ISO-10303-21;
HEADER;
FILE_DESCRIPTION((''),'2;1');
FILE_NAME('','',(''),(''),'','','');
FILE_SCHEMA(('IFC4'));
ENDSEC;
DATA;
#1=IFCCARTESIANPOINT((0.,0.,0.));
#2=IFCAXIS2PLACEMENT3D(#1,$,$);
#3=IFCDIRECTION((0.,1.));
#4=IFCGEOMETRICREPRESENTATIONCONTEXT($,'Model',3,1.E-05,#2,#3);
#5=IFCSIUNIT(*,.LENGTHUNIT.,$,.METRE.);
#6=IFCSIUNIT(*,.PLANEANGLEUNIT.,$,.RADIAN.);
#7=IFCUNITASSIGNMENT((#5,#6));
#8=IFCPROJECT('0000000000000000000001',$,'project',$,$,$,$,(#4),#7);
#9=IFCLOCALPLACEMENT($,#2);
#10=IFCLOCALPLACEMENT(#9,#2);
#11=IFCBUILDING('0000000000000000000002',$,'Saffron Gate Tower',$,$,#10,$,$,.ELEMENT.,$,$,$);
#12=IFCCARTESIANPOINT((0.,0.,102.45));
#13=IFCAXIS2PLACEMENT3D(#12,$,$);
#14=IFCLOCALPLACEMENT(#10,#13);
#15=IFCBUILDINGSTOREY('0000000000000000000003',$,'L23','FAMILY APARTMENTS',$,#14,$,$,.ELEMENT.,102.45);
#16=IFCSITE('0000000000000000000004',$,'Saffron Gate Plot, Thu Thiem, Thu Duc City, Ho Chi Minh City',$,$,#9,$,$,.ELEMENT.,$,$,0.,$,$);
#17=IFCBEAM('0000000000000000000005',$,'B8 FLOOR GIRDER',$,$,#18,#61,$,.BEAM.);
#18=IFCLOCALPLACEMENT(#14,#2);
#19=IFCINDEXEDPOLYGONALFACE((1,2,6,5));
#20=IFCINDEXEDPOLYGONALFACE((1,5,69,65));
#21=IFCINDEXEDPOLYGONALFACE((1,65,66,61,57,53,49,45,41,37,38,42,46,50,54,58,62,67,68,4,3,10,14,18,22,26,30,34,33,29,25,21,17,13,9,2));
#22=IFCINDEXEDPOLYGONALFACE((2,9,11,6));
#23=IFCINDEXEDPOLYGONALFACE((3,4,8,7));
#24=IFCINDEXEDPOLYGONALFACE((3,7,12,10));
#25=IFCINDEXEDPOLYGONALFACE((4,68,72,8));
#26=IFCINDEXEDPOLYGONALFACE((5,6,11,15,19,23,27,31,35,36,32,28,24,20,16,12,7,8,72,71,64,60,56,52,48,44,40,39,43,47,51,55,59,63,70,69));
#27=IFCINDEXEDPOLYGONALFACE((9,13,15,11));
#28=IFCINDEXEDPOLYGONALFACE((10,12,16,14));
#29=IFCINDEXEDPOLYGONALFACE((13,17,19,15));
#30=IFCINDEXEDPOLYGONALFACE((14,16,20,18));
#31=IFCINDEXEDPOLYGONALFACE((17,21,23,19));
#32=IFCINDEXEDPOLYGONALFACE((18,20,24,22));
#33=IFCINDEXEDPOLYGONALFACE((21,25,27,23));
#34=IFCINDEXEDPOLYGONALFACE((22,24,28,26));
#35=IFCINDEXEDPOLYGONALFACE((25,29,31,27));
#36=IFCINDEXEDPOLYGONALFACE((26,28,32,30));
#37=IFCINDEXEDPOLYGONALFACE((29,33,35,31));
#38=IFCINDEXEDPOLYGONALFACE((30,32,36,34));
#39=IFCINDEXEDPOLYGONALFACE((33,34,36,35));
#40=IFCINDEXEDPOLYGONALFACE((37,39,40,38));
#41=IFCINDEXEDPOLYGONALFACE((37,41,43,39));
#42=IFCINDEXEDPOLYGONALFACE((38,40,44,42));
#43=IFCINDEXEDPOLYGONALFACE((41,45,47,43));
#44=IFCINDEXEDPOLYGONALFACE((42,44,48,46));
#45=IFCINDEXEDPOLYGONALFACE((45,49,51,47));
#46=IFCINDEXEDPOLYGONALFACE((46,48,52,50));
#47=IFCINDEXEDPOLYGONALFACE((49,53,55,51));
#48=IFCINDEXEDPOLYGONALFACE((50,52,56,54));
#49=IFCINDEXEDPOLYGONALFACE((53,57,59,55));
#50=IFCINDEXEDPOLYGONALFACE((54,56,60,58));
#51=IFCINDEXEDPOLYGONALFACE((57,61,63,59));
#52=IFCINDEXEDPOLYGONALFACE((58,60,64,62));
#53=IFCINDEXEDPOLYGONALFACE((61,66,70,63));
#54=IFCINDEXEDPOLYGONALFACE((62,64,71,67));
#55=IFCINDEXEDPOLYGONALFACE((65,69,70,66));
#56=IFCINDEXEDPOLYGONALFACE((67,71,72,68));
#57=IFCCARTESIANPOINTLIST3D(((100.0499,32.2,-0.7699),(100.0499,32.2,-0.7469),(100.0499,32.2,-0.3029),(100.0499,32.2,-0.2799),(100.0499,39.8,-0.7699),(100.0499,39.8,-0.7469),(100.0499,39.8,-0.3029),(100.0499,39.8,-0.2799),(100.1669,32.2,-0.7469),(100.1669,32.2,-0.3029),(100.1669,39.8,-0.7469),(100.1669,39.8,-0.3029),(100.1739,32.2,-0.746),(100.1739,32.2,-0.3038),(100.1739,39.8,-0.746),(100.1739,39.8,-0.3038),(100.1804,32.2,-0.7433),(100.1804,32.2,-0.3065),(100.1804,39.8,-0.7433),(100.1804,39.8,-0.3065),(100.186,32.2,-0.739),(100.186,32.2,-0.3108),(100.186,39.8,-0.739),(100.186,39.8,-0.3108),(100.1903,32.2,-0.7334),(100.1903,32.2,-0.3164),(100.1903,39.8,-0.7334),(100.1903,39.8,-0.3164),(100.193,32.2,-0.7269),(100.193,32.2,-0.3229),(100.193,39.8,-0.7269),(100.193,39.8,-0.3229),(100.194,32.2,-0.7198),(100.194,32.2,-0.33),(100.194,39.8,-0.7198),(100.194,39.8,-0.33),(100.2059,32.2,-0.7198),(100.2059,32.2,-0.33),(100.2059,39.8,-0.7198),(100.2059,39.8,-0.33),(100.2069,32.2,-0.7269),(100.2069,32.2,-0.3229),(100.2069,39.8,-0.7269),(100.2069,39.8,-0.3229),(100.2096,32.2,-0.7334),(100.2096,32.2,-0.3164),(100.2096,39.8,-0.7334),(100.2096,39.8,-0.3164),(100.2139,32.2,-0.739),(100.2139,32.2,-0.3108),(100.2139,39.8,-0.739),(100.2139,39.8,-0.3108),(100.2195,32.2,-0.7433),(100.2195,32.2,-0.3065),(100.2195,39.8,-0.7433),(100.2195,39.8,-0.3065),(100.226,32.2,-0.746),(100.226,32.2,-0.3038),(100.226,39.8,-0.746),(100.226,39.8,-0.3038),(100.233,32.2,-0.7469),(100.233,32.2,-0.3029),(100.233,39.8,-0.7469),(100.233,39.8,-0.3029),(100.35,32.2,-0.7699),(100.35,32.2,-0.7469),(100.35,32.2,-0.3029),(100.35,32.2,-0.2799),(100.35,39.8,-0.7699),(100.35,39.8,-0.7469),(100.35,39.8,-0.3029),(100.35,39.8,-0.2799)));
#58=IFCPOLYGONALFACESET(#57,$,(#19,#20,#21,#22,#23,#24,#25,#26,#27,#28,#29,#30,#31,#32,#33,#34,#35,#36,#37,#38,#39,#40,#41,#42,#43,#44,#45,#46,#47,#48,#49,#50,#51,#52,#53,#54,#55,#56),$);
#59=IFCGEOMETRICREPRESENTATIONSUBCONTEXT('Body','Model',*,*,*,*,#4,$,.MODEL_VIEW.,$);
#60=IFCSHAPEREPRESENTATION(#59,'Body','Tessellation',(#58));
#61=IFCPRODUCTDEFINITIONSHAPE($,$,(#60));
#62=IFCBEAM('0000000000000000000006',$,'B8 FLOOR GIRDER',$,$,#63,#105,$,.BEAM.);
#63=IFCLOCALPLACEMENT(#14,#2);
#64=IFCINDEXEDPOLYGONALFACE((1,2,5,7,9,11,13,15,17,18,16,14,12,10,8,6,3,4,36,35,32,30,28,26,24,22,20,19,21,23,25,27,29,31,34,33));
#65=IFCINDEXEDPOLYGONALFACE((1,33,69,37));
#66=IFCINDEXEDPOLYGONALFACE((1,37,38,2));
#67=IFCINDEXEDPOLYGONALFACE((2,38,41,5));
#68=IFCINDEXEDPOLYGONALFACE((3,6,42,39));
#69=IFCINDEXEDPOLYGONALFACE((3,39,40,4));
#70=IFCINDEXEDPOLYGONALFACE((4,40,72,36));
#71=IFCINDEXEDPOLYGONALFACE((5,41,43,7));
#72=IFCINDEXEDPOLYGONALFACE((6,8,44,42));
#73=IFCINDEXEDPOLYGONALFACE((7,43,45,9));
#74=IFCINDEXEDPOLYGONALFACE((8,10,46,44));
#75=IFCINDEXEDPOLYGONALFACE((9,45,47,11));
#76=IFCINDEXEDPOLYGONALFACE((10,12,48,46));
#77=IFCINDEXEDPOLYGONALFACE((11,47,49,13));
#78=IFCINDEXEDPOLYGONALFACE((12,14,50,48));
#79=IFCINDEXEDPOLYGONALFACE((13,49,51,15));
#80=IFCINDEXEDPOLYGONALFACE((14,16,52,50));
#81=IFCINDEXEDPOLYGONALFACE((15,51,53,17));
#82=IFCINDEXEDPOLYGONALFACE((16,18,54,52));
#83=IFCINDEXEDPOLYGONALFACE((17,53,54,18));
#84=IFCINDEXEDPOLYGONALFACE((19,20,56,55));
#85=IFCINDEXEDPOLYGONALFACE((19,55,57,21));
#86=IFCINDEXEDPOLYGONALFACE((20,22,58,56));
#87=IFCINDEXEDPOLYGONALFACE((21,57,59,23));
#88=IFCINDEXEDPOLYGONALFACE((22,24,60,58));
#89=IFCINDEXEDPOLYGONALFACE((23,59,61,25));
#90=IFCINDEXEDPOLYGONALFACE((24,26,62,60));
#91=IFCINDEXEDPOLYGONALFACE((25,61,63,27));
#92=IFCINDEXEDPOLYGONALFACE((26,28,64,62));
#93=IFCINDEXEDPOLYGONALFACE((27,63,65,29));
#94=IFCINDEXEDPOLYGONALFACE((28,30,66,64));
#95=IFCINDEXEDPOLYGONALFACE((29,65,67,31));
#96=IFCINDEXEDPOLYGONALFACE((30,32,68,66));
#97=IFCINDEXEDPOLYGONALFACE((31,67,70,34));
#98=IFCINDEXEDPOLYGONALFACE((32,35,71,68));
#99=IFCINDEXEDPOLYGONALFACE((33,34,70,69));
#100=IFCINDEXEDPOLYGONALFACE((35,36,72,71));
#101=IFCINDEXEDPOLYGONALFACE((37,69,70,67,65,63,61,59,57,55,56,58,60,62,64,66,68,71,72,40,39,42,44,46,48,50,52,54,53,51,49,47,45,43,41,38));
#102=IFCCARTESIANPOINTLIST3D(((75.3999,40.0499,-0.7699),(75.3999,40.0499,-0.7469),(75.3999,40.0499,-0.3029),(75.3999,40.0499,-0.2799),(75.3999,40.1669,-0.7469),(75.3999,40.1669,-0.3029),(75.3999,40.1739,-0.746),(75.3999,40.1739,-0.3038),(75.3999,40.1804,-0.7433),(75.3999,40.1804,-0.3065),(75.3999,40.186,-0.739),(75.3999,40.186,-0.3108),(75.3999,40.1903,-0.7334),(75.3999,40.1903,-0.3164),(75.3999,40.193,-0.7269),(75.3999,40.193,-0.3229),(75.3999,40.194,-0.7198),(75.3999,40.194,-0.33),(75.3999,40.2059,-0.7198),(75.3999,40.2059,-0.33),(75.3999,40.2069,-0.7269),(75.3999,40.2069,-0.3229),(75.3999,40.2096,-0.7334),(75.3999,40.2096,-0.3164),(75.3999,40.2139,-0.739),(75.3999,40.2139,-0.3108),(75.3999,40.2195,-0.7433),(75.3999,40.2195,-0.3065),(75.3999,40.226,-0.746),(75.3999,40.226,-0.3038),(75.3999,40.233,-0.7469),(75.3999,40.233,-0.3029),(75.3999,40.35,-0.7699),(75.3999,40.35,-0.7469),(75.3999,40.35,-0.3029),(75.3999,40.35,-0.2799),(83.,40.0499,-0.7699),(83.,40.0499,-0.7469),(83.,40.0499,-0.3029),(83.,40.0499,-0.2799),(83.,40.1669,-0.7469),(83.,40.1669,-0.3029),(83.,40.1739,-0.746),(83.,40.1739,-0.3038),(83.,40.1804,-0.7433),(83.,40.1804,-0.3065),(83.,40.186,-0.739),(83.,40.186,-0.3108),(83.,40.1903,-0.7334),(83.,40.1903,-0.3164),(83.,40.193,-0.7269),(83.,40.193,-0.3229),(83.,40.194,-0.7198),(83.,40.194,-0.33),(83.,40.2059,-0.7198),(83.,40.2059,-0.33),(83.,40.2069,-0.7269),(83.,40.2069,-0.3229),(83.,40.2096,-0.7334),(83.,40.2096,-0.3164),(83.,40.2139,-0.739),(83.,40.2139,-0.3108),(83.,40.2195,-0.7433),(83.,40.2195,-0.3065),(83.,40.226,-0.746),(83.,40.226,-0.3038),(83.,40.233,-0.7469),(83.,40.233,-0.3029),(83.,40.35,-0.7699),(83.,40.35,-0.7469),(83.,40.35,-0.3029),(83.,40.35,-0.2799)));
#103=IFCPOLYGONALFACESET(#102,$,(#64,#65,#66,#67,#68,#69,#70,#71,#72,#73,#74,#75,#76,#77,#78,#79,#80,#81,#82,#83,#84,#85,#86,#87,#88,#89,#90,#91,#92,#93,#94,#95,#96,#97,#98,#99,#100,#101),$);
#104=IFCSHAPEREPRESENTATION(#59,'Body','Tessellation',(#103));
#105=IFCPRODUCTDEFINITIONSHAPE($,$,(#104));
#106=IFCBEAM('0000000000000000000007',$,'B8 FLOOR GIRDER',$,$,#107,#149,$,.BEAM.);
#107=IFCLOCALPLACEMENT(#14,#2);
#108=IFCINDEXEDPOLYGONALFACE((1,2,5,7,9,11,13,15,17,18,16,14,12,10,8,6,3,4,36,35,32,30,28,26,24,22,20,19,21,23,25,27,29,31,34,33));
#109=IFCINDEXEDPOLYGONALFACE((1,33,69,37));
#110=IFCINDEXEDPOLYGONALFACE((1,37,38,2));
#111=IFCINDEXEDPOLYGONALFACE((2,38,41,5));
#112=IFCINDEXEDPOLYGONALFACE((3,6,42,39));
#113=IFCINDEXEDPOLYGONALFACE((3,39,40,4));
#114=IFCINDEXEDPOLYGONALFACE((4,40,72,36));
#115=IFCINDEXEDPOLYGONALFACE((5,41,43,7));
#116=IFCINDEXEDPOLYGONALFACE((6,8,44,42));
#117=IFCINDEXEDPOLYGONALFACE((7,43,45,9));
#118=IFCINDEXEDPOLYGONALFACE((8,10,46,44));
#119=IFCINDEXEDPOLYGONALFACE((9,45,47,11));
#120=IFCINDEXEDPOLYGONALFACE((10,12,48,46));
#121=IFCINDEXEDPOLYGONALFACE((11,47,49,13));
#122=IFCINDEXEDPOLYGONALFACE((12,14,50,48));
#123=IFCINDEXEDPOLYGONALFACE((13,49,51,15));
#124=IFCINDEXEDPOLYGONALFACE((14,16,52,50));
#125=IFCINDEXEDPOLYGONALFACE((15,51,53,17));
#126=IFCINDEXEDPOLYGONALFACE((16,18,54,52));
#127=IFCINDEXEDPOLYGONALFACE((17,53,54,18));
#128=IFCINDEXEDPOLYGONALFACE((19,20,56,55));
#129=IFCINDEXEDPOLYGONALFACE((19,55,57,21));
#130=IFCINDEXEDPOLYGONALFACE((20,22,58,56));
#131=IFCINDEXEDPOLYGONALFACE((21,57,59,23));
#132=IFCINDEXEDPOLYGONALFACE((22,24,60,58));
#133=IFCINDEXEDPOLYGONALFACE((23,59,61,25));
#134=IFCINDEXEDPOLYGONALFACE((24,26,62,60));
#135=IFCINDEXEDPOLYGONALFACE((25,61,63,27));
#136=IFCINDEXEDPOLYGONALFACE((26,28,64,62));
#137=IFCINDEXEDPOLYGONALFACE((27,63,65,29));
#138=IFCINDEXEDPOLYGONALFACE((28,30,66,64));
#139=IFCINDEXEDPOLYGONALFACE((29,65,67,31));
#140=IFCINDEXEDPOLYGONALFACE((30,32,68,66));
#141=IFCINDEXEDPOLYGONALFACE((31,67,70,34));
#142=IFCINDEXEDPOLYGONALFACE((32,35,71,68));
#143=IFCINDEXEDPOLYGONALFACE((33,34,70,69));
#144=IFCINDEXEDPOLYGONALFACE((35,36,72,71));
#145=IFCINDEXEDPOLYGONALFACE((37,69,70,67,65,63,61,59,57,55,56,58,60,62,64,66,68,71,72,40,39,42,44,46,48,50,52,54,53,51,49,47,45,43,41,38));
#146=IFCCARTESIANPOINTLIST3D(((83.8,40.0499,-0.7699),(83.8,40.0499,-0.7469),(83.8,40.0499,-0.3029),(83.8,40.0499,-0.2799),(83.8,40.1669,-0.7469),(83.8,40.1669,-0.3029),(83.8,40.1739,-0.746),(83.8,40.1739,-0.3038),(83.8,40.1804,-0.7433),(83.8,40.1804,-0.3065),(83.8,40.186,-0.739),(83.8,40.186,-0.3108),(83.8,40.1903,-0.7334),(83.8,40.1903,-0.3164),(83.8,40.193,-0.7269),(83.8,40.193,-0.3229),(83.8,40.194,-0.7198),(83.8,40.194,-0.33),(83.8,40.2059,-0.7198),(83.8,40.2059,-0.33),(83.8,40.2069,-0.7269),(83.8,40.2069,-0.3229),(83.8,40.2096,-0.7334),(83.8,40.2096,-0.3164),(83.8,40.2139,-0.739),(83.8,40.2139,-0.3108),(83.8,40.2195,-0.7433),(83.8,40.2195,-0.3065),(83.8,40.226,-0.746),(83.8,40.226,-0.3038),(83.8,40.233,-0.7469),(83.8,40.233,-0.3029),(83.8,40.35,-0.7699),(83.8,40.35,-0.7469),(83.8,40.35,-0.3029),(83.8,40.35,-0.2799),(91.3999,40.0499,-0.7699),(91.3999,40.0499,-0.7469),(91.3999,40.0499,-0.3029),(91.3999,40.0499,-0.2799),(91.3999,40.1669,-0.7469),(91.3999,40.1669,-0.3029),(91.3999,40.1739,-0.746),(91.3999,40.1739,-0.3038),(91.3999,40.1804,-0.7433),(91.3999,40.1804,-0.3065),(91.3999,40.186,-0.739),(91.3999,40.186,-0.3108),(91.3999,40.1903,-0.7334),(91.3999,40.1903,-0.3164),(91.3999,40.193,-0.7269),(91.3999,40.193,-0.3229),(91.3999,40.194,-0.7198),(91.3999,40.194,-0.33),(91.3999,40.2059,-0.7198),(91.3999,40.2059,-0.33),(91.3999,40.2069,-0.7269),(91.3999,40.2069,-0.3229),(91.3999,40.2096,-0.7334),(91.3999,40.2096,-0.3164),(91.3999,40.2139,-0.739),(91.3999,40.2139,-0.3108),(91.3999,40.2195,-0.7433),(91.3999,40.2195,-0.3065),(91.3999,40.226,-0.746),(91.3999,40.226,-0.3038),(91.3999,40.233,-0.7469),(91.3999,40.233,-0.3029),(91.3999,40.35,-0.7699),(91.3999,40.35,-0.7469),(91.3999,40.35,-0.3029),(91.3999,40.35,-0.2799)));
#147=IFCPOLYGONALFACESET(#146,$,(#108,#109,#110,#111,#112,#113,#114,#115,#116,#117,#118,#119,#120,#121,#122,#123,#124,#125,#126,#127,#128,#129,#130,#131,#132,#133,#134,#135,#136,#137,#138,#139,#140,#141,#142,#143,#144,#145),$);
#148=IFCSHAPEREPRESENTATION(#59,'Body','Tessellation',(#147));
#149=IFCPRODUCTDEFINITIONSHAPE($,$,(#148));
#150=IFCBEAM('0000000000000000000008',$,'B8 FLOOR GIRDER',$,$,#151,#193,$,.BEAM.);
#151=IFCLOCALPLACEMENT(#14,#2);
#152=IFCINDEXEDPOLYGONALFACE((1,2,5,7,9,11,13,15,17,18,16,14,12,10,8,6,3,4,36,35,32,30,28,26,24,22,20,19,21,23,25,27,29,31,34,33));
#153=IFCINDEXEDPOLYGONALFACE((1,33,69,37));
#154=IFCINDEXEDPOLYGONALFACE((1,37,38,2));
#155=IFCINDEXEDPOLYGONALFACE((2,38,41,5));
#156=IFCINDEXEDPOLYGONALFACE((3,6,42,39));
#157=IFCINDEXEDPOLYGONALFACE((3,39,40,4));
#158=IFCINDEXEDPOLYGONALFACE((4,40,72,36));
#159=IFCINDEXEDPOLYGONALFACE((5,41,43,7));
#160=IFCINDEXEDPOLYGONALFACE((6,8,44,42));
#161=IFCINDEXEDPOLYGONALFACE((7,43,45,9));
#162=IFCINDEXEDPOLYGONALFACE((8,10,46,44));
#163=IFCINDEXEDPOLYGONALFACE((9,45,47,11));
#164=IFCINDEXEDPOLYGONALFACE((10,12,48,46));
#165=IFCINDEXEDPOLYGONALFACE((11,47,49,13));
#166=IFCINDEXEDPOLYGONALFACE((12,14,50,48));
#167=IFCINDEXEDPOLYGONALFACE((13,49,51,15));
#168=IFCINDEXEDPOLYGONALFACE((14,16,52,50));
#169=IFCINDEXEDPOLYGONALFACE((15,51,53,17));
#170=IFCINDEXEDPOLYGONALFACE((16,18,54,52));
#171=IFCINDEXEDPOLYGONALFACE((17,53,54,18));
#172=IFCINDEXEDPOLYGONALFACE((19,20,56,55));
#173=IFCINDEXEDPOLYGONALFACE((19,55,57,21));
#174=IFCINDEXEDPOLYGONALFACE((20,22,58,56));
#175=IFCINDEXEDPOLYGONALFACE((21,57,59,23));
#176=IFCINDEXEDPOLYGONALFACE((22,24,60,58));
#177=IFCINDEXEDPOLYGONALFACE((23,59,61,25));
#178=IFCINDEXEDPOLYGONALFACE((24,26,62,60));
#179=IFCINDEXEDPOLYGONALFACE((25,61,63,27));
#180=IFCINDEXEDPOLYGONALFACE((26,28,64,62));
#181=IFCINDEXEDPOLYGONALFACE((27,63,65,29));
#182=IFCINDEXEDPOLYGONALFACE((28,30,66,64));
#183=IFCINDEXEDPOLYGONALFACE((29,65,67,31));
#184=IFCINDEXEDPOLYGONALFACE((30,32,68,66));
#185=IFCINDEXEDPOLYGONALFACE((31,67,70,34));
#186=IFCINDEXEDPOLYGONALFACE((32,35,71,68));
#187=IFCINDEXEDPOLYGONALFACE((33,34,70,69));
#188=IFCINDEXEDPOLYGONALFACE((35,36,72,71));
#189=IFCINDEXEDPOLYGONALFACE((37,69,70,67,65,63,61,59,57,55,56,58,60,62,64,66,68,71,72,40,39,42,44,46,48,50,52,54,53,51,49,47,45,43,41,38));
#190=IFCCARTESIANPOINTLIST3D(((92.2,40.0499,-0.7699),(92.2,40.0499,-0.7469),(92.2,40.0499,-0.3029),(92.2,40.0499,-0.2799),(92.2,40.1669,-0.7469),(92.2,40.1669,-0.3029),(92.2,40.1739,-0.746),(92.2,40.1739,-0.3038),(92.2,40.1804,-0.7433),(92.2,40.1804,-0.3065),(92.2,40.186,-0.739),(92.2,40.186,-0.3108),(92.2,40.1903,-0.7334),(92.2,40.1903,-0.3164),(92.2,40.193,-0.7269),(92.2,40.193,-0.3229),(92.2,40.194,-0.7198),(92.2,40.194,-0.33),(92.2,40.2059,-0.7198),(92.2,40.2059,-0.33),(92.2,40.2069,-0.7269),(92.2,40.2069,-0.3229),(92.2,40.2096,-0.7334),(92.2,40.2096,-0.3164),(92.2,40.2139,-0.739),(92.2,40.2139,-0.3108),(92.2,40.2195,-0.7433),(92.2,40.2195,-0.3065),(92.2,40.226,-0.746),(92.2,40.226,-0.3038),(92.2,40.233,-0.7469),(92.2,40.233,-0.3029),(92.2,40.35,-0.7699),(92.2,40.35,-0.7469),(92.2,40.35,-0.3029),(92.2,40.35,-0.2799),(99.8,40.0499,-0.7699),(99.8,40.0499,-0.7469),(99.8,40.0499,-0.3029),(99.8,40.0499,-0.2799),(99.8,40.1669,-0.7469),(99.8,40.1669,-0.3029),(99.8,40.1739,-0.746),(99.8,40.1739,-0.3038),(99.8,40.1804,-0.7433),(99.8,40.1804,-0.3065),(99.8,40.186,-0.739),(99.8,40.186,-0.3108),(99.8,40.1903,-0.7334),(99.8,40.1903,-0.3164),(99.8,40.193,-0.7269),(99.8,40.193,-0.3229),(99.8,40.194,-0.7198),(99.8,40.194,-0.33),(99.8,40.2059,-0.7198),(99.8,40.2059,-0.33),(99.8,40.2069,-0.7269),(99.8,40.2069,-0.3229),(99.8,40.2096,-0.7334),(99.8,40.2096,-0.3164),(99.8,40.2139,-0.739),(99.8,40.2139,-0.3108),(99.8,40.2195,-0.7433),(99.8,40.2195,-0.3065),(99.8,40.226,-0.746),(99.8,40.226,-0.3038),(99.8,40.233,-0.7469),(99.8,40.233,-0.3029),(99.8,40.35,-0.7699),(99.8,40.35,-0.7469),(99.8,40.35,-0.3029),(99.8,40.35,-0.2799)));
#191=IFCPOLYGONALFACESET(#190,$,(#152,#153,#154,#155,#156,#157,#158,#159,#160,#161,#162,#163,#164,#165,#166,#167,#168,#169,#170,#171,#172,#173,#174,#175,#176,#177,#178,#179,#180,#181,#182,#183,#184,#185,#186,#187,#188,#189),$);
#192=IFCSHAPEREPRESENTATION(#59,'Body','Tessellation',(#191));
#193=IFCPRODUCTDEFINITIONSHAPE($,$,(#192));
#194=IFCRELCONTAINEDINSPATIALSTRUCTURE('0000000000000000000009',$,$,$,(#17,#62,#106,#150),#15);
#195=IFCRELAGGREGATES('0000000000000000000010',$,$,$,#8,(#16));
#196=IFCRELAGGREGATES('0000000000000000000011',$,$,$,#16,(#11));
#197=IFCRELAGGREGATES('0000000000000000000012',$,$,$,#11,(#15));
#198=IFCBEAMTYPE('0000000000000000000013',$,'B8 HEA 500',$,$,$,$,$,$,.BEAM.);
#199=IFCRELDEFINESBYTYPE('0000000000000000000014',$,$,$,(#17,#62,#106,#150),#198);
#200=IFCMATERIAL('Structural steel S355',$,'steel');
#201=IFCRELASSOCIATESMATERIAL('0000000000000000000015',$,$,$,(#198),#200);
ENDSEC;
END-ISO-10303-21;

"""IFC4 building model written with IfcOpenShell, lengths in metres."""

from ifc_helpers import new_model, si_unit, direction, frame, origin, origin_2d, place, context, subcontext, project, spatial, i_section, extrude, material, material_profile, profile_set, type_object, element, save


model = new_model("IFC4")

# Units and contexts
model_context = context("Model", 3, precision=1e-05, world=origin(), true_north=direction((0.0, 1.0)))
body_context = subcontext(model_context, "Body", "Model", "MODEL_VIEW")
ifc_project = project(units=[si_unit("LENGTHUNIT", "METRE"), si_unit("PLANEANGLEUNIT", "RADIAN")], contexts=[model_context])

# Site, building, storey
site_placement = place(None, origin())
site = spatial("IfcSite", under=ifc_project, at=site_placement, Name="Saffron Gate Plot, Thu Thiem, Thu Duc City, Ho Chi Minh City", CompositionType="ELEMENT", RefElevation=0.0)
building_placement = place(site_placement, origin())
building = spatial("IfcBuilding", under=site, at=building_placement, Name="Saffron Gate Tower", CompositionType="ELEMENT")
storey_placement = place(building_placement, frame((0.0, 0.0, 102.45)))
storey = spatial("IfcBuildingStorey", under=building, at=storey_placement, Name="L23", Description="FAMILY APARTMENTS", CompositionType="ELEMENT", Elevation=102.45)

# Beams
ifc_material_1 = material(Name="Structural steel S355", Category="steel")
ifc_material_profile_1 = material_profile(ifc_material_1, i_section(OverallWidth=0.3, OverallDepth=0.49, WebThickness=0.012, FlangeThickness=0.0229, FilletRadius=0.0271, at=origin_2d()))
ifc_profile_set_1 = profile_set([ifc_material_profile_1], Name="Structural steel S355")
beam_type_1 = type_object("IfcBeamType", Name="B8 HEA 500", PredefinedType="BEAM", material=ifc_profile_set_1)
for number, where, z_axis, x_axis, name in (
    (1, (100.2, 32.2, -0.5249), (0.0, 1.0, 0.0), (-1.0, 0.0, 0.0), "B8 FLOOR GIRDER"),
    (2, (75.3999, 40.2, -0.5249), (1.0, 0.0, 0.0), (0.0, 1.0, 0.0), "B8 FLOOR GIRDER"),
):
    element("IfcBeam", number, at=place(storey_placement, frame(where, z_axis=z_axis, x_axis=x_axis)), inside=storey, type_object=beam_type_1, Name=name, PredefinedType="BEAM", context=body_context, shape_type="SweptSolid", body=[
        extrude(i_section(OverallWidth=0.3, OverallDepth=0.49, WebThickness=0.012, FlangeThickness=0.0229, FilletRadius=0.0271, at=origin_2d()), origin(), (0.0, 0.0, 1.0), 7.6001),
    ])
beam_1_placement = place(storey_placement, frame((83.8, 40.2, -0.5249), z_axis=(1.0, 0.0, 0.0), x_axis=(0.0, 1.0, 0.0)))
element("IfcBeam", 3, at=beam_1_placement, inside=storey, type_object=beam_type_1, Name="B8 FLOOR GIRDER", PredefinedType="BEAM", context=body_context, shape_type="SweptSolid", body=[
    extrude(i_section(OverallWidth=0.3, OverallDepth=0.49, WebThickness=0.012, FlangeThickness=0.0229, FilletRadius=0.0271, at=origin_2d()), origin(), (0.0, 0.0, 1.0), 7.5999),
])
beam_2_placement = place(storey_placement, frame((92.2, 40.2, -0.5249), z_axis=(1.0, 0.0, 0.0), x_axis=(0.0, 1.0, 0.0)))
element("IfcBeam", 4, at=beam_2_placement, inside=storey, type_object=beam_type_1, Name="B8 FLOOR GIRDER", PredefinedType="BEAM", context=body_context, shape_type="SweptSolid", body=[
    extrude(i_section(OverallWidth=0.3, OverallDepth=0.49, WebThickness=0.012, FlangeThickness=0.0229, FilletRadius=0.0271, at=origin_2d()), origin(), (0.0, 0.0, 1.0), 7.6001),
])

save(model, "model.ifc")
